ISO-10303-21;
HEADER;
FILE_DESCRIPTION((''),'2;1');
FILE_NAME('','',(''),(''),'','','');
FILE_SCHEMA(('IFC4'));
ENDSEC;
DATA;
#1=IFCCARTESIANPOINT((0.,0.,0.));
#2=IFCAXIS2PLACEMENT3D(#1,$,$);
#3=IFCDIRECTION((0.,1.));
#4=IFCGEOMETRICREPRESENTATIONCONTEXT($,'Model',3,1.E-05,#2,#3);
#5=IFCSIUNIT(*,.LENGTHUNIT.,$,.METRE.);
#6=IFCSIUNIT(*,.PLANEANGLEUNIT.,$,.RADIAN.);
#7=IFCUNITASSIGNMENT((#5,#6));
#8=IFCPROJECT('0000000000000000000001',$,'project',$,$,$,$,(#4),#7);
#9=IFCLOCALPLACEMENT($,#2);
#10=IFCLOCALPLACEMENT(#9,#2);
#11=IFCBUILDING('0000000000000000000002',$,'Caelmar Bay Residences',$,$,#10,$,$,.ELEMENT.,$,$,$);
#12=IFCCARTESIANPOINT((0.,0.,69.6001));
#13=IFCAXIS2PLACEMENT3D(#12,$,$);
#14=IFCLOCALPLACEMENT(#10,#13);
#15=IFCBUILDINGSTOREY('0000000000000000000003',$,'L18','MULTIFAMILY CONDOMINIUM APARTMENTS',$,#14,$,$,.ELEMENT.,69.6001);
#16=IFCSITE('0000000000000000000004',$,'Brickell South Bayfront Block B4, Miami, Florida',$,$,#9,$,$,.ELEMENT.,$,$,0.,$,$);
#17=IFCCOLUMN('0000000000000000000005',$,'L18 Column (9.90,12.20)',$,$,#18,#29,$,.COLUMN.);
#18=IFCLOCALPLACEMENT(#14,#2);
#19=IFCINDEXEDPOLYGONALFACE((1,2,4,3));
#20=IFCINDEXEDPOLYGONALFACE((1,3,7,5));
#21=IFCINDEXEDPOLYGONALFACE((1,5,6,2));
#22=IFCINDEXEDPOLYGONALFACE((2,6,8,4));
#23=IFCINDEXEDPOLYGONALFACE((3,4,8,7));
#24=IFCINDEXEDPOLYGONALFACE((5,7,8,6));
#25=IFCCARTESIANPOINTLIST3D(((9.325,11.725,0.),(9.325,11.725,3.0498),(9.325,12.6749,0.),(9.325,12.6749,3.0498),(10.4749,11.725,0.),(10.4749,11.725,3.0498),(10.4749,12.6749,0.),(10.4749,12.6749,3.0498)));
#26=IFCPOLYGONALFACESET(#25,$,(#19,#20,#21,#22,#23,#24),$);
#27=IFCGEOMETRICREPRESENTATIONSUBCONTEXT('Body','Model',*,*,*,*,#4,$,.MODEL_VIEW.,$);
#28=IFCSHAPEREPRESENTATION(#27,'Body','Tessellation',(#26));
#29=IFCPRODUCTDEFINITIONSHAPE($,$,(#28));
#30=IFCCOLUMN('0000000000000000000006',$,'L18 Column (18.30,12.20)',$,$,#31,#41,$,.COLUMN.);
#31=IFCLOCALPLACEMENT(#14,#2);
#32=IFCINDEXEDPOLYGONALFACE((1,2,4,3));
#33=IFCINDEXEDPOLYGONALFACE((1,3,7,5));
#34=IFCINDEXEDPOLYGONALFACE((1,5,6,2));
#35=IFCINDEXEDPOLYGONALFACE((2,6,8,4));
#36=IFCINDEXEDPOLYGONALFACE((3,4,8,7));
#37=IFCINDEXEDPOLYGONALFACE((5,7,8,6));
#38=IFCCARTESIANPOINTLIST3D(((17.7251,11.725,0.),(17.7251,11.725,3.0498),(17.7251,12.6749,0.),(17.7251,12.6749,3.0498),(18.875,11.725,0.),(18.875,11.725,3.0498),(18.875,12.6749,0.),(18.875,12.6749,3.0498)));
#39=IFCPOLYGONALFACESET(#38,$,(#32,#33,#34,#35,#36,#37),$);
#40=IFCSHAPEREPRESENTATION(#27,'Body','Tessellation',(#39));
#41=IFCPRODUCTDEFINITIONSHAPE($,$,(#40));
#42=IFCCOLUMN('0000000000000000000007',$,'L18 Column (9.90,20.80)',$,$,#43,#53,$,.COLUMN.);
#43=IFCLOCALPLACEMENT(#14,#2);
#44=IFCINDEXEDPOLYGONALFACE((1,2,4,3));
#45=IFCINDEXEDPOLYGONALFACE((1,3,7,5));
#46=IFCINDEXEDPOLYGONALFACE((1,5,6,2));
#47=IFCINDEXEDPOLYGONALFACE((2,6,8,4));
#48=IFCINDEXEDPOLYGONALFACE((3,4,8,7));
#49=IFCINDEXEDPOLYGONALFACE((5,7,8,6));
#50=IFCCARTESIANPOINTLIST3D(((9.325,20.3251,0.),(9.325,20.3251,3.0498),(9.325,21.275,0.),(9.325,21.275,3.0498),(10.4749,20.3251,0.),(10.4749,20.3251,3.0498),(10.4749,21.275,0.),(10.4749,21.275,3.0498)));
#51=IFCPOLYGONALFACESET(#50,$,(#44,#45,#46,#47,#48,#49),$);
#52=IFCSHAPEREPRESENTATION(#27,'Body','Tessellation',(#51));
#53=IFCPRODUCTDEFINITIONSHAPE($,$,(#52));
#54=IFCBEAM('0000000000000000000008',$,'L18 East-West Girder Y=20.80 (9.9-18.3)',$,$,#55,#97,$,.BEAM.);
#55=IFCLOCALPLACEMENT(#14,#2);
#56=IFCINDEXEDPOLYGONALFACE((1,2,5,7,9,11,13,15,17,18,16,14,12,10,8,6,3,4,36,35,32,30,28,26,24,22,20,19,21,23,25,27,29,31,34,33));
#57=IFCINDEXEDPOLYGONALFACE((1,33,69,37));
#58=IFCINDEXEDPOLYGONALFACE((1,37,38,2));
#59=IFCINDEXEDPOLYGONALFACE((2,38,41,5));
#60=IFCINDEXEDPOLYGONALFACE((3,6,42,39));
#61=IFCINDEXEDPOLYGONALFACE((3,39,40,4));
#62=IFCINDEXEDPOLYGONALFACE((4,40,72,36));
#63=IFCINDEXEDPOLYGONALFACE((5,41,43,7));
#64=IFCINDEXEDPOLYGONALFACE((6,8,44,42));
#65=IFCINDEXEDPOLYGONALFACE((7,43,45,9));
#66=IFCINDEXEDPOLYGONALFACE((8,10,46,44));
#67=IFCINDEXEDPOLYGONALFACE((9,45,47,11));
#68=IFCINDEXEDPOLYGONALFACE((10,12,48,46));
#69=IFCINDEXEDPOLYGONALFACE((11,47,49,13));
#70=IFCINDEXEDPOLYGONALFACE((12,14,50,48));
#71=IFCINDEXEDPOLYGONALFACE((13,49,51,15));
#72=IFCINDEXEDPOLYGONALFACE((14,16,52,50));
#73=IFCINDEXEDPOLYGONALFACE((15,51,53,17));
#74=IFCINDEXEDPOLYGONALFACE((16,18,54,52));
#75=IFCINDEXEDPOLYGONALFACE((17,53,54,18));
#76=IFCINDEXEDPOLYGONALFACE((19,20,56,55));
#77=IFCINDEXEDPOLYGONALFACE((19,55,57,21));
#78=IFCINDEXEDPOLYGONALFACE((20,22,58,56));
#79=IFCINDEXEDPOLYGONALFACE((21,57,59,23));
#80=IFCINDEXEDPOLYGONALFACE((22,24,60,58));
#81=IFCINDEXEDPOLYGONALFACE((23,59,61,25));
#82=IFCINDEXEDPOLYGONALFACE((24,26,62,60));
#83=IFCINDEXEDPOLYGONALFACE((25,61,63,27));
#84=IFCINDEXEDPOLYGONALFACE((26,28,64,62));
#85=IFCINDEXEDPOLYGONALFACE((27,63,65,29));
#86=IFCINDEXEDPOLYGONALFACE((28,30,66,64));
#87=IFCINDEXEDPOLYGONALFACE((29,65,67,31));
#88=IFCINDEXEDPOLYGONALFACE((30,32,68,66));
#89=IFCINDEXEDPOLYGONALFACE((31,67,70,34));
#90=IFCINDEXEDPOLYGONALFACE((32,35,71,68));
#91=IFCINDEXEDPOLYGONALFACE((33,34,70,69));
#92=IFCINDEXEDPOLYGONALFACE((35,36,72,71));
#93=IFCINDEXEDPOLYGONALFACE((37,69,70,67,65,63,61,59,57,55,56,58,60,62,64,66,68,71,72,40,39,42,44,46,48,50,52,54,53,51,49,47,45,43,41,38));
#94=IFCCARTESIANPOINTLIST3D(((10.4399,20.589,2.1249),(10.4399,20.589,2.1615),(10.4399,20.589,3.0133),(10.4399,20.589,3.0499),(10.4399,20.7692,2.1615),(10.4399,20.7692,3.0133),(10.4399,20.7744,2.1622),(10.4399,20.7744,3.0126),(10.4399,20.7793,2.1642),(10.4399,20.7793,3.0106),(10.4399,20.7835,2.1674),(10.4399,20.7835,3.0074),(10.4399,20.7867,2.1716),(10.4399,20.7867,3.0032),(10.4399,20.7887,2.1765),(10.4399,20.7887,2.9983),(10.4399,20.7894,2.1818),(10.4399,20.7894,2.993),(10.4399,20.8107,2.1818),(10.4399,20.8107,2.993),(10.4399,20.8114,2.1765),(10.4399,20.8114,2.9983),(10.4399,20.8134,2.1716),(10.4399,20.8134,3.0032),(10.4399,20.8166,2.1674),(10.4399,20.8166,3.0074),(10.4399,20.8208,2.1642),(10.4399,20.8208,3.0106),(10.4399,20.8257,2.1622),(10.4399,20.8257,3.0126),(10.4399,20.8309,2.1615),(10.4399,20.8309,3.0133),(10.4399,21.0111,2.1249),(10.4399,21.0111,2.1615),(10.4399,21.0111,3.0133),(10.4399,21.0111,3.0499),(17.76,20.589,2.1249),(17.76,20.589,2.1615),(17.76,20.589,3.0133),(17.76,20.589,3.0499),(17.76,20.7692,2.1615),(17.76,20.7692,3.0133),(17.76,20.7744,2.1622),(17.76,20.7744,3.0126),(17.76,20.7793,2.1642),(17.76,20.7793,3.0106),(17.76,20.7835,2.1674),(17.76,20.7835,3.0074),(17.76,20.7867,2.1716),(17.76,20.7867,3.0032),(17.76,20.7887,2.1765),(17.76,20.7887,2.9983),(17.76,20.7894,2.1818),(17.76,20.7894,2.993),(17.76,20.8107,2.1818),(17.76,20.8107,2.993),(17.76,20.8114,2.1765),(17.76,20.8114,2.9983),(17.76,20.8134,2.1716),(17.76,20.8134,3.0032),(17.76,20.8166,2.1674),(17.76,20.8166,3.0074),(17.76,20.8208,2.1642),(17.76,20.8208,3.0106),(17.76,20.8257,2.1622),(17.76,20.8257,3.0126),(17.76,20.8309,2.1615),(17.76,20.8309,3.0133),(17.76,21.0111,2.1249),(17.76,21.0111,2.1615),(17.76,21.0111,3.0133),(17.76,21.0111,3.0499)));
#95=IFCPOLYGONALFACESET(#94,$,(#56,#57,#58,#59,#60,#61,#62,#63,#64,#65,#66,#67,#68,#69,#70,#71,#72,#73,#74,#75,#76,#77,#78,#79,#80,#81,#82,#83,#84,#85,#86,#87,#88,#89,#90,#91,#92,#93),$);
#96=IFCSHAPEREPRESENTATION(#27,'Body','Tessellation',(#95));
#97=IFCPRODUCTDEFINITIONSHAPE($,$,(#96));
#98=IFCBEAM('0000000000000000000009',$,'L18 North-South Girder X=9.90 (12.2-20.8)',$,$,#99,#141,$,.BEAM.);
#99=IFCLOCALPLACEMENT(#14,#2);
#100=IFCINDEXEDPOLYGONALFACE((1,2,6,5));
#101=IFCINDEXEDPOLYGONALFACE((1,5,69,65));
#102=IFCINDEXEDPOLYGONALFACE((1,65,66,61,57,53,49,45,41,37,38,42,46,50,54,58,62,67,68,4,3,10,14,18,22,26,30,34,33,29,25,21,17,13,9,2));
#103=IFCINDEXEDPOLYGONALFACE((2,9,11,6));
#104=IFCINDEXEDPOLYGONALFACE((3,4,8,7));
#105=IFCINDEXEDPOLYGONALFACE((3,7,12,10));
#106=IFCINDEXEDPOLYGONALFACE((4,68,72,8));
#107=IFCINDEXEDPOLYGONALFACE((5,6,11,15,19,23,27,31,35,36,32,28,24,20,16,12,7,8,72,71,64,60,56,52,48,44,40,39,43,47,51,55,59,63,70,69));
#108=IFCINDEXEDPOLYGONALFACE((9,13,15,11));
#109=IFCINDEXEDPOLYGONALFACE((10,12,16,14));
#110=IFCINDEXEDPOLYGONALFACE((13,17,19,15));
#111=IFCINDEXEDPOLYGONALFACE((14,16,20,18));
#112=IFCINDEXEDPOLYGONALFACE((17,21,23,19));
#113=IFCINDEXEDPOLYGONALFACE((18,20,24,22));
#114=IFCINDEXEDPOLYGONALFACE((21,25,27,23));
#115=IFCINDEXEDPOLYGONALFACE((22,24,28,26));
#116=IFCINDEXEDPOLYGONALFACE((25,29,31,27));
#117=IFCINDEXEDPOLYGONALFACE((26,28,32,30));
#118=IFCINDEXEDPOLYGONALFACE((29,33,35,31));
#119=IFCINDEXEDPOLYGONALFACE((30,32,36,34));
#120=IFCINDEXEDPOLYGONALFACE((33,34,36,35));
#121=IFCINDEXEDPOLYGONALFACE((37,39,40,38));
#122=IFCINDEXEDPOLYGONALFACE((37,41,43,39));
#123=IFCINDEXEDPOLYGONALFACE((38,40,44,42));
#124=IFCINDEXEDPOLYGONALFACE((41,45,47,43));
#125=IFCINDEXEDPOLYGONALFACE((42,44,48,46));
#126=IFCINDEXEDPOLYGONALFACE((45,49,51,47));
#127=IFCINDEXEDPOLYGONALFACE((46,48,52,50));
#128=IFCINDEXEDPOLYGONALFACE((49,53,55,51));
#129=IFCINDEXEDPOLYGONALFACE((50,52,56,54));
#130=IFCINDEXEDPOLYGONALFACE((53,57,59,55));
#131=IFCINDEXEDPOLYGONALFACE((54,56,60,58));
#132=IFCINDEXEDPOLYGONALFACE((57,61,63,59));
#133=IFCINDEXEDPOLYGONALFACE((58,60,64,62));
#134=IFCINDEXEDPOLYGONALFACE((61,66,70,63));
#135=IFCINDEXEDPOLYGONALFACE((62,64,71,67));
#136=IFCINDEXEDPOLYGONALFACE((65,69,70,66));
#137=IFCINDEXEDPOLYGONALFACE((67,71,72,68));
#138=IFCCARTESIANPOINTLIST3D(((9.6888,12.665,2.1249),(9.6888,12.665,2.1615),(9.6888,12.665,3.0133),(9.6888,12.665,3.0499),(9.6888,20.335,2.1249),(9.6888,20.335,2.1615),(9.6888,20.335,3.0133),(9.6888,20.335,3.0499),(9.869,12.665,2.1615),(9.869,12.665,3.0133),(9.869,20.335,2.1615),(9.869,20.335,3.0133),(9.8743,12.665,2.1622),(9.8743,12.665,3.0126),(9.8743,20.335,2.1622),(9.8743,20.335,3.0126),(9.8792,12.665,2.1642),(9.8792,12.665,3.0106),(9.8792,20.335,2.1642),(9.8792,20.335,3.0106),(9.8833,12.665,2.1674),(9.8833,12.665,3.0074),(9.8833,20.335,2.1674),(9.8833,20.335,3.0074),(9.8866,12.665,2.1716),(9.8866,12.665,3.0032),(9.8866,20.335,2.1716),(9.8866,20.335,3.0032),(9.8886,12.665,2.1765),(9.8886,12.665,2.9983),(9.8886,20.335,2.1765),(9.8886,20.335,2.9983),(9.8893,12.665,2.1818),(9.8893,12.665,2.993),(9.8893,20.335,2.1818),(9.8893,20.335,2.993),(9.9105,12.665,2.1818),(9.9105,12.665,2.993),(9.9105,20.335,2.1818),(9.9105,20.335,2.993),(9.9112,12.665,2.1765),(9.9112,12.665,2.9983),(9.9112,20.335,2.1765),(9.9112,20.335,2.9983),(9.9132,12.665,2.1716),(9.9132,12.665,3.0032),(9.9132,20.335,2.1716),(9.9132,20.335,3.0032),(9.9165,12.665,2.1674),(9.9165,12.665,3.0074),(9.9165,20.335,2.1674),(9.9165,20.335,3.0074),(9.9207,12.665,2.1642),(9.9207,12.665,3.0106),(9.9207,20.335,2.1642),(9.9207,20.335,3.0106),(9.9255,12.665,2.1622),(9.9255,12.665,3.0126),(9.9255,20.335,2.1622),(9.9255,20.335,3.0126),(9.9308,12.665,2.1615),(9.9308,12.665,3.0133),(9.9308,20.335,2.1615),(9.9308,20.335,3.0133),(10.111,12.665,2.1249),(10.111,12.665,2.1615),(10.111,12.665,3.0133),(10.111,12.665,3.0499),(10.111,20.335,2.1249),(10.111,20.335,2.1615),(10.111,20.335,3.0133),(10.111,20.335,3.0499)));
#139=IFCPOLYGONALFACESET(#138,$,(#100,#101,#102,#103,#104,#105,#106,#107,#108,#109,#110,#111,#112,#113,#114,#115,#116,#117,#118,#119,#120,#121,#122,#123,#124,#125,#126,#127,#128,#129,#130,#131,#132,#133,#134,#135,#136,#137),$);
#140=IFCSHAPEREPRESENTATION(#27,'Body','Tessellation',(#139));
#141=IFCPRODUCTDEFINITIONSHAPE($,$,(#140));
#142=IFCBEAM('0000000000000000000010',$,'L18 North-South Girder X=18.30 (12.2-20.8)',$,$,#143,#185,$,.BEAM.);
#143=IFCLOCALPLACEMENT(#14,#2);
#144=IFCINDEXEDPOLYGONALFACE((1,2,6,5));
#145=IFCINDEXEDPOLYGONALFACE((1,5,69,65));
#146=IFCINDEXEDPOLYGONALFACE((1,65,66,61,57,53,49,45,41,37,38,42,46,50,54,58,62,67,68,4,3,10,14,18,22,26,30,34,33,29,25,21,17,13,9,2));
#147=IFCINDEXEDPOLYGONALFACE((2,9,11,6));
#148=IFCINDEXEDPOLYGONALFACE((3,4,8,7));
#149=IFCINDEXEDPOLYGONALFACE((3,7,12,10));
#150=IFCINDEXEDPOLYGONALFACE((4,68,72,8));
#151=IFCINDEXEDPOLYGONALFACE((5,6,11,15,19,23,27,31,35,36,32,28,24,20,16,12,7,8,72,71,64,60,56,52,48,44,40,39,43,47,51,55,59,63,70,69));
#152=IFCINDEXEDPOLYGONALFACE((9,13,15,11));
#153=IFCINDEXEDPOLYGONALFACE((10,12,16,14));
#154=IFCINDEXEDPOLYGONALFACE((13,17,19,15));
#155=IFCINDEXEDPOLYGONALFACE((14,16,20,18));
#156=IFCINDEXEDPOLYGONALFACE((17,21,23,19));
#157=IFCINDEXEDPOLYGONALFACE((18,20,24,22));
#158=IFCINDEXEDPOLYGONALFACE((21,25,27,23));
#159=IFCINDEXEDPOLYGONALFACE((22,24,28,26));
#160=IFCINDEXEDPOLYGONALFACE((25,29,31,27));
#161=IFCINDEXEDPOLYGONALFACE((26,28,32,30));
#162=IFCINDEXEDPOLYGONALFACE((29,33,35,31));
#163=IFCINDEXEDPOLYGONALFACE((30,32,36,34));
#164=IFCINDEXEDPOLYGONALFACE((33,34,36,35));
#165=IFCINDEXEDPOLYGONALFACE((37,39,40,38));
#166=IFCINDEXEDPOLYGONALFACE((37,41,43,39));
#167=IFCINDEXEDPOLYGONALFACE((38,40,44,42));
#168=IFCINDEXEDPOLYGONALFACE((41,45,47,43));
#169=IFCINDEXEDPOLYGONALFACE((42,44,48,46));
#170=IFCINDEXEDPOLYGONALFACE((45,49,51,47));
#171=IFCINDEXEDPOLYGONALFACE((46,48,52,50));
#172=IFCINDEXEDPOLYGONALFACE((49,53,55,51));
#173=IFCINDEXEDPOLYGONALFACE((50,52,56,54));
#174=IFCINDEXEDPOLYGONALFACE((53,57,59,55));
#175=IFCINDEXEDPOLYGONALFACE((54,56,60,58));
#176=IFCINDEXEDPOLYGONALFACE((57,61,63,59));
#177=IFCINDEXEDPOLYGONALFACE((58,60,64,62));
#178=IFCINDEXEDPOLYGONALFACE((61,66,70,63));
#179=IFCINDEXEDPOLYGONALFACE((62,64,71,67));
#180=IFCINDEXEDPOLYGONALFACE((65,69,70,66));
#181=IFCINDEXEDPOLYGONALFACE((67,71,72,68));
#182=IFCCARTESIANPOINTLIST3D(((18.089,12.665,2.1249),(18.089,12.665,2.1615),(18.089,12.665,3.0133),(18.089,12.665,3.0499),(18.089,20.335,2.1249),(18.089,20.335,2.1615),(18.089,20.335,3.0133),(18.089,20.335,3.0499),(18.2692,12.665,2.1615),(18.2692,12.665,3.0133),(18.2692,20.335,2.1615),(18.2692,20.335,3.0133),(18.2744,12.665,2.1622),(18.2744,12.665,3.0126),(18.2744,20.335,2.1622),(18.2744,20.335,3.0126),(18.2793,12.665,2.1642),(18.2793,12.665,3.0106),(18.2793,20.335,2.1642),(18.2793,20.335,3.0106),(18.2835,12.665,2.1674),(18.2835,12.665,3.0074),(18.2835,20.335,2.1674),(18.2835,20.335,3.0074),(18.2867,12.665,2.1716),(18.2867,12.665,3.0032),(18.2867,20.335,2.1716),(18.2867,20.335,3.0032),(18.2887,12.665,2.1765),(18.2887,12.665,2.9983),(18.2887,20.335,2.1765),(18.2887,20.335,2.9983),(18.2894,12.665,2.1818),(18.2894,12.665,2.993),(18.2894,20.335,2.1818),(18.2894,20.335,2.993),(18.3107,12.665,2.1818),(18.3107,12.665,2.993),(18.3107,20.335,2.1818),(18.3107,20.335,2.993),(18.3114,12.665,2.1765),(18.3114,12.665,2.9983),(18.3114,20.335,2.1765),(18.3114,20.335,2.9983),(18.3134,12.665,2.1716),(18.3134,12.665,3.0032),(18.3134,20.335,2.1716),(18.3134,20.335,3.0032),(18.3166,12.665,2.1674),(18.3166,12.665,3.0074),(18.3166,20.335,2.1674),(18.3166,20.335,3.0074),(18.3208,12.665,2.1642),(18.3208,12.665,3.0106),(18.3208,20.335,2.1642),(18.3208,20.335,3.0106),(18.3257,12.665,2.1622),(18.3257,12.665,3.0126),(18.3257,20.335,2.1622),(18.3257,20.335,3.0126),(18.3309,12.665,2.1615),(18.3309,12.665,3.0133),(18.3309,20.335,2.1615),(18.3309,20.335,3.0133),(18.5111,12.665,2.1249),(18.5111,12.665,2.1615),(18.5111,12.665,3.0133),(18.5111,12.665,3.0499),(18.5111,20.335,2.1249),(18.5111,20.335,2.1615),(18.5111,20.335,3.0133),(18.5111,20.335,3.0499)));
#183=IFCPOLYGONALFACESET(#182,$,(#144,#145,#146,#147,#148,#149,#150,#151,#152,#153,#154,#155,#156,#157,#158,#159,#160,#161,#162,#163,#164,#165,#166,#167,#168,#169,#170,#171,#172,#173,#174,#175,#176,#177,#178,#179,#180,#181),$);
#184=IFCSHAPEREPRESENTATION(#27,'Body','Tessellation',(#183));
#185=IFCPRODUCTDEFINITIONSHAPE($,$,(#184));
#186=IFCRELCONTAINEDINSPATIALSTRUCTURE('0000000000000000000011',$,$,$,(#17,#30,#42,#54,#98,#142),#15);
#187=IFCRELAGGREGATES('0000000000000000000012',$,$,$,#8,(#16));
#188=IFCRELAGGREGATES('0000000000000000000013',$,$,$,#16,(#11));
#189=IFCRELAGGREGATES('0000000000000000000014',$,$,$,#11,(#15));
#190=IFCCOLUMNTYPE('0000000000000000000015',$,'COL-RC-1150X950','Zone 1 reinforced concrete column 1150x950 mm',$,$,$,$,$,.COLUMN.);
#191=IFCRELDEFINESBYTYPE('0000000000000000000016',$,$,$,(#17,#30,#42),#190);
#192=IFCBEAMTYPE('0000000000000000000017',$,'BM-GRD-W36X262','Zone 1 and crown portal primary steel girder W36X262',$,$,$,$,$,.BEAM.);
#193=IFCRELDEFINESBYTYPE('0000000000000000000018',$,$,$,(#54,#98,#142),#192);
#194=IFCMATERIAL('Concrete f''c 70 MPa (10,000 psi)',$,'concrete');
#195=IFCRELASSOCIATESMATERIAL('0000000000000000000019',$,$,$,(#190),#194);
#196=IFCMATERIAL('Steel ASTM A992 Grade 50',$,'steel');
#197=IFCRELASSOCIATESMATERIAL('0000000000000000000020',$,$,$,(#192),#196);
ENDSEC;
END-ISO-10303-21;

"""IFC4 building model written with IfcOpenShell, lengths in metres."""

from ifc_helpers import new_model, si_unit, direction, frame, origin, origin_2d, place, context, subcontext, project, spatial, rectangle, i_section, extrude, material, material_profile, profile_set, type_object, element, save


model = new_model("IFC4")

# Units and contexts
model_context = context("Model", 3, precision=1e-05, world=origin(), true_north=direction((0.0, 1.0)))
body_context = subcontext(model_context, "Body", "Model", "MODEL_VIEW")
ifc_project = project(units=[si_unit("LENGTHUNIT", "METRE"), si_unit("PLANEANGLEUNIT", "RADIAN")], contexts=[model_context])

# Site, building, storey
site_placement = place(None, origin())
site = spatial("IfcSite", under=ifc_project, at=site_placement, Name="Brickell South Bayfront Block B4, Miami, Florida", CompositionType="ELEMENT", RefElevation=0.0)
building_placement = place(site_placement, origin())
building = spatial("IfcBuilding", under=site, at=building_placement, Name="Caelmar Bay Residences", CompositionType="ELEMENT")
storey_placement = place(building_placement, frame((0.0, 0.0, 69.6001)))
storey = spatial("IfcBuildingStorey", under=building, at=storey_placement, Name="L18", Description="MULTIFAMILY CONDOMINIUM APARTMENTS", CompositionType="ELEMENT", Elevation=69.6001)

# Columns
ifc_material_1 = material(Name="Concrete f'c 70 MPa (10,000 psi)", Category="concrete")
ifc_material_profile_1 = material_profile(ifc_material_1, rectangle(XDim=1.1499, YDim=0.95, at=origin_2d()), Name="RC-COL-1150X950")
ifc_profile_set_1 = profile_set([ifc_material_profile_1], Name="Concrete f'c 70 MPa (10,000 psi)")
column_type = type_object("IfcColumnType", Name="COL-RC-1150X950", Description="Zone 1 reinforced concrete column 1150x950 mm", PredefinedType="COLUMN", material=ifc_profile_set_1)
for number, where, z_axis, x_axis, name in (
    (1, (9.8999, 12.2, 0.0), (0.0, 0.0, 1.0), (1.0, 0.0, 0.0), "L18 Column (9.90,12.20)"),
    (2, (18.3, 12.2, 0.0), (0.0, 0.0, 1.0), (1.0, 0.0, 0.0), "L18 Column (18.30,12.20)"),
    (3, (9.8999, 20.8, 0.0), (0.0, 0.0, 1.0), (1.0, 0.0, 0.0), "L18 Column (9.90,20.80)"),
):
    element("IfcColumn", number, at=place(storey_placement, frame(where, z_axis=z_axis, x_axis=x_axis)), inside=storey, type_object=column_type, Name=name, PredefinedType="COLUMN", context=body_context, shape_type="SweptSolid", body=[
        extrude(rectangle(XDim=1.1499, YDim=0.95, at=origin_2d()), origin(), (0.0, 0.0, 1.0), 3.0498),
    ])

# Beams
ifc_material_2 = material(Name="Steel ASTM A992 Grade 50", Category="steel")
ifc_material_profile_2 = material_profile(ifc_material_2, i_section(OverallWidth=0.4221, OverallDepth=0.925, WebThickness=0.0212, FlangeThickness=0.0366, FilletRadius=0.0203, at=origin_2d()), Name="W36X262")
ifc_profile_set_2 = profile_set([ifc_material_profile_2], Name="Steel ASTM A992 Grade 50")
beam_type_1 = type_object("IfcBeamType", Name="BM-GRD-W36X262", Description="Zone 1 and crown portal primary steel girder W36X262", PredefinedType="BEAM", material=ifc_profile_set_2)
beam_1_placement = place(storey_placement, frame((10.4399, 20.8, 2.5874), z_axis=(1.0, 0.0, 0.0), x_axis=(0.0, 1.0, 0.0)))
element("IfcBeam", 4, at=beam_1_placement, inside=storey, type_object=beam_type_1, Name="L18 East-West Girder Y=20.80 (9.9-18.3)", PredefinedType="BEAM", context=body_context, shape_type="SweptSolid", body=[
    extrude(i_section(OverallWidth=0.4221, OverallDepth=0.925, WebThickness=0.0212, FlangeThickness=0.0366, FilletRadius=0.0203, at=origin_2d()), origin(), (0.0, 0.0, 1.0), 7.3201),
])
for number, where, z_axis, x_axis, name in (
    (5, (9.8999, 12.665, 2.5874), (0.0, 1.0, 0.0), (-1.0, 0.0, 0.0), "L18 North-South Girder X=9.90 (12.2-20.8)"),
    (6, (18.3, 12.665, 2.5874), (0.0, 1.0, 0.0), (-1.0, 0.0, 0.0), "L18 North-South Girder X=18.30 (12.2-20.8)"),
):
    element("IfcBeam", number, at=place(storey_placement, frame(where, z_axis=z_axis, x_axis=x_axis)), inside=storey, type_object=beam_type_1, Name=name, PredefinedType="BEAM", context=body_context, shape_type="SweptSolid", body=[
        extrude(i_section(OverallWidth=0.4221, OverallDepth=0.925, WebThickness=0.0212, FlangeThickness=0.0366, FilletRadius=0.0203, at=origin_2d()), origin(), (0.0, 0.0, 1.0), 7.6699),
    ])

save(model, "model.ifc")
